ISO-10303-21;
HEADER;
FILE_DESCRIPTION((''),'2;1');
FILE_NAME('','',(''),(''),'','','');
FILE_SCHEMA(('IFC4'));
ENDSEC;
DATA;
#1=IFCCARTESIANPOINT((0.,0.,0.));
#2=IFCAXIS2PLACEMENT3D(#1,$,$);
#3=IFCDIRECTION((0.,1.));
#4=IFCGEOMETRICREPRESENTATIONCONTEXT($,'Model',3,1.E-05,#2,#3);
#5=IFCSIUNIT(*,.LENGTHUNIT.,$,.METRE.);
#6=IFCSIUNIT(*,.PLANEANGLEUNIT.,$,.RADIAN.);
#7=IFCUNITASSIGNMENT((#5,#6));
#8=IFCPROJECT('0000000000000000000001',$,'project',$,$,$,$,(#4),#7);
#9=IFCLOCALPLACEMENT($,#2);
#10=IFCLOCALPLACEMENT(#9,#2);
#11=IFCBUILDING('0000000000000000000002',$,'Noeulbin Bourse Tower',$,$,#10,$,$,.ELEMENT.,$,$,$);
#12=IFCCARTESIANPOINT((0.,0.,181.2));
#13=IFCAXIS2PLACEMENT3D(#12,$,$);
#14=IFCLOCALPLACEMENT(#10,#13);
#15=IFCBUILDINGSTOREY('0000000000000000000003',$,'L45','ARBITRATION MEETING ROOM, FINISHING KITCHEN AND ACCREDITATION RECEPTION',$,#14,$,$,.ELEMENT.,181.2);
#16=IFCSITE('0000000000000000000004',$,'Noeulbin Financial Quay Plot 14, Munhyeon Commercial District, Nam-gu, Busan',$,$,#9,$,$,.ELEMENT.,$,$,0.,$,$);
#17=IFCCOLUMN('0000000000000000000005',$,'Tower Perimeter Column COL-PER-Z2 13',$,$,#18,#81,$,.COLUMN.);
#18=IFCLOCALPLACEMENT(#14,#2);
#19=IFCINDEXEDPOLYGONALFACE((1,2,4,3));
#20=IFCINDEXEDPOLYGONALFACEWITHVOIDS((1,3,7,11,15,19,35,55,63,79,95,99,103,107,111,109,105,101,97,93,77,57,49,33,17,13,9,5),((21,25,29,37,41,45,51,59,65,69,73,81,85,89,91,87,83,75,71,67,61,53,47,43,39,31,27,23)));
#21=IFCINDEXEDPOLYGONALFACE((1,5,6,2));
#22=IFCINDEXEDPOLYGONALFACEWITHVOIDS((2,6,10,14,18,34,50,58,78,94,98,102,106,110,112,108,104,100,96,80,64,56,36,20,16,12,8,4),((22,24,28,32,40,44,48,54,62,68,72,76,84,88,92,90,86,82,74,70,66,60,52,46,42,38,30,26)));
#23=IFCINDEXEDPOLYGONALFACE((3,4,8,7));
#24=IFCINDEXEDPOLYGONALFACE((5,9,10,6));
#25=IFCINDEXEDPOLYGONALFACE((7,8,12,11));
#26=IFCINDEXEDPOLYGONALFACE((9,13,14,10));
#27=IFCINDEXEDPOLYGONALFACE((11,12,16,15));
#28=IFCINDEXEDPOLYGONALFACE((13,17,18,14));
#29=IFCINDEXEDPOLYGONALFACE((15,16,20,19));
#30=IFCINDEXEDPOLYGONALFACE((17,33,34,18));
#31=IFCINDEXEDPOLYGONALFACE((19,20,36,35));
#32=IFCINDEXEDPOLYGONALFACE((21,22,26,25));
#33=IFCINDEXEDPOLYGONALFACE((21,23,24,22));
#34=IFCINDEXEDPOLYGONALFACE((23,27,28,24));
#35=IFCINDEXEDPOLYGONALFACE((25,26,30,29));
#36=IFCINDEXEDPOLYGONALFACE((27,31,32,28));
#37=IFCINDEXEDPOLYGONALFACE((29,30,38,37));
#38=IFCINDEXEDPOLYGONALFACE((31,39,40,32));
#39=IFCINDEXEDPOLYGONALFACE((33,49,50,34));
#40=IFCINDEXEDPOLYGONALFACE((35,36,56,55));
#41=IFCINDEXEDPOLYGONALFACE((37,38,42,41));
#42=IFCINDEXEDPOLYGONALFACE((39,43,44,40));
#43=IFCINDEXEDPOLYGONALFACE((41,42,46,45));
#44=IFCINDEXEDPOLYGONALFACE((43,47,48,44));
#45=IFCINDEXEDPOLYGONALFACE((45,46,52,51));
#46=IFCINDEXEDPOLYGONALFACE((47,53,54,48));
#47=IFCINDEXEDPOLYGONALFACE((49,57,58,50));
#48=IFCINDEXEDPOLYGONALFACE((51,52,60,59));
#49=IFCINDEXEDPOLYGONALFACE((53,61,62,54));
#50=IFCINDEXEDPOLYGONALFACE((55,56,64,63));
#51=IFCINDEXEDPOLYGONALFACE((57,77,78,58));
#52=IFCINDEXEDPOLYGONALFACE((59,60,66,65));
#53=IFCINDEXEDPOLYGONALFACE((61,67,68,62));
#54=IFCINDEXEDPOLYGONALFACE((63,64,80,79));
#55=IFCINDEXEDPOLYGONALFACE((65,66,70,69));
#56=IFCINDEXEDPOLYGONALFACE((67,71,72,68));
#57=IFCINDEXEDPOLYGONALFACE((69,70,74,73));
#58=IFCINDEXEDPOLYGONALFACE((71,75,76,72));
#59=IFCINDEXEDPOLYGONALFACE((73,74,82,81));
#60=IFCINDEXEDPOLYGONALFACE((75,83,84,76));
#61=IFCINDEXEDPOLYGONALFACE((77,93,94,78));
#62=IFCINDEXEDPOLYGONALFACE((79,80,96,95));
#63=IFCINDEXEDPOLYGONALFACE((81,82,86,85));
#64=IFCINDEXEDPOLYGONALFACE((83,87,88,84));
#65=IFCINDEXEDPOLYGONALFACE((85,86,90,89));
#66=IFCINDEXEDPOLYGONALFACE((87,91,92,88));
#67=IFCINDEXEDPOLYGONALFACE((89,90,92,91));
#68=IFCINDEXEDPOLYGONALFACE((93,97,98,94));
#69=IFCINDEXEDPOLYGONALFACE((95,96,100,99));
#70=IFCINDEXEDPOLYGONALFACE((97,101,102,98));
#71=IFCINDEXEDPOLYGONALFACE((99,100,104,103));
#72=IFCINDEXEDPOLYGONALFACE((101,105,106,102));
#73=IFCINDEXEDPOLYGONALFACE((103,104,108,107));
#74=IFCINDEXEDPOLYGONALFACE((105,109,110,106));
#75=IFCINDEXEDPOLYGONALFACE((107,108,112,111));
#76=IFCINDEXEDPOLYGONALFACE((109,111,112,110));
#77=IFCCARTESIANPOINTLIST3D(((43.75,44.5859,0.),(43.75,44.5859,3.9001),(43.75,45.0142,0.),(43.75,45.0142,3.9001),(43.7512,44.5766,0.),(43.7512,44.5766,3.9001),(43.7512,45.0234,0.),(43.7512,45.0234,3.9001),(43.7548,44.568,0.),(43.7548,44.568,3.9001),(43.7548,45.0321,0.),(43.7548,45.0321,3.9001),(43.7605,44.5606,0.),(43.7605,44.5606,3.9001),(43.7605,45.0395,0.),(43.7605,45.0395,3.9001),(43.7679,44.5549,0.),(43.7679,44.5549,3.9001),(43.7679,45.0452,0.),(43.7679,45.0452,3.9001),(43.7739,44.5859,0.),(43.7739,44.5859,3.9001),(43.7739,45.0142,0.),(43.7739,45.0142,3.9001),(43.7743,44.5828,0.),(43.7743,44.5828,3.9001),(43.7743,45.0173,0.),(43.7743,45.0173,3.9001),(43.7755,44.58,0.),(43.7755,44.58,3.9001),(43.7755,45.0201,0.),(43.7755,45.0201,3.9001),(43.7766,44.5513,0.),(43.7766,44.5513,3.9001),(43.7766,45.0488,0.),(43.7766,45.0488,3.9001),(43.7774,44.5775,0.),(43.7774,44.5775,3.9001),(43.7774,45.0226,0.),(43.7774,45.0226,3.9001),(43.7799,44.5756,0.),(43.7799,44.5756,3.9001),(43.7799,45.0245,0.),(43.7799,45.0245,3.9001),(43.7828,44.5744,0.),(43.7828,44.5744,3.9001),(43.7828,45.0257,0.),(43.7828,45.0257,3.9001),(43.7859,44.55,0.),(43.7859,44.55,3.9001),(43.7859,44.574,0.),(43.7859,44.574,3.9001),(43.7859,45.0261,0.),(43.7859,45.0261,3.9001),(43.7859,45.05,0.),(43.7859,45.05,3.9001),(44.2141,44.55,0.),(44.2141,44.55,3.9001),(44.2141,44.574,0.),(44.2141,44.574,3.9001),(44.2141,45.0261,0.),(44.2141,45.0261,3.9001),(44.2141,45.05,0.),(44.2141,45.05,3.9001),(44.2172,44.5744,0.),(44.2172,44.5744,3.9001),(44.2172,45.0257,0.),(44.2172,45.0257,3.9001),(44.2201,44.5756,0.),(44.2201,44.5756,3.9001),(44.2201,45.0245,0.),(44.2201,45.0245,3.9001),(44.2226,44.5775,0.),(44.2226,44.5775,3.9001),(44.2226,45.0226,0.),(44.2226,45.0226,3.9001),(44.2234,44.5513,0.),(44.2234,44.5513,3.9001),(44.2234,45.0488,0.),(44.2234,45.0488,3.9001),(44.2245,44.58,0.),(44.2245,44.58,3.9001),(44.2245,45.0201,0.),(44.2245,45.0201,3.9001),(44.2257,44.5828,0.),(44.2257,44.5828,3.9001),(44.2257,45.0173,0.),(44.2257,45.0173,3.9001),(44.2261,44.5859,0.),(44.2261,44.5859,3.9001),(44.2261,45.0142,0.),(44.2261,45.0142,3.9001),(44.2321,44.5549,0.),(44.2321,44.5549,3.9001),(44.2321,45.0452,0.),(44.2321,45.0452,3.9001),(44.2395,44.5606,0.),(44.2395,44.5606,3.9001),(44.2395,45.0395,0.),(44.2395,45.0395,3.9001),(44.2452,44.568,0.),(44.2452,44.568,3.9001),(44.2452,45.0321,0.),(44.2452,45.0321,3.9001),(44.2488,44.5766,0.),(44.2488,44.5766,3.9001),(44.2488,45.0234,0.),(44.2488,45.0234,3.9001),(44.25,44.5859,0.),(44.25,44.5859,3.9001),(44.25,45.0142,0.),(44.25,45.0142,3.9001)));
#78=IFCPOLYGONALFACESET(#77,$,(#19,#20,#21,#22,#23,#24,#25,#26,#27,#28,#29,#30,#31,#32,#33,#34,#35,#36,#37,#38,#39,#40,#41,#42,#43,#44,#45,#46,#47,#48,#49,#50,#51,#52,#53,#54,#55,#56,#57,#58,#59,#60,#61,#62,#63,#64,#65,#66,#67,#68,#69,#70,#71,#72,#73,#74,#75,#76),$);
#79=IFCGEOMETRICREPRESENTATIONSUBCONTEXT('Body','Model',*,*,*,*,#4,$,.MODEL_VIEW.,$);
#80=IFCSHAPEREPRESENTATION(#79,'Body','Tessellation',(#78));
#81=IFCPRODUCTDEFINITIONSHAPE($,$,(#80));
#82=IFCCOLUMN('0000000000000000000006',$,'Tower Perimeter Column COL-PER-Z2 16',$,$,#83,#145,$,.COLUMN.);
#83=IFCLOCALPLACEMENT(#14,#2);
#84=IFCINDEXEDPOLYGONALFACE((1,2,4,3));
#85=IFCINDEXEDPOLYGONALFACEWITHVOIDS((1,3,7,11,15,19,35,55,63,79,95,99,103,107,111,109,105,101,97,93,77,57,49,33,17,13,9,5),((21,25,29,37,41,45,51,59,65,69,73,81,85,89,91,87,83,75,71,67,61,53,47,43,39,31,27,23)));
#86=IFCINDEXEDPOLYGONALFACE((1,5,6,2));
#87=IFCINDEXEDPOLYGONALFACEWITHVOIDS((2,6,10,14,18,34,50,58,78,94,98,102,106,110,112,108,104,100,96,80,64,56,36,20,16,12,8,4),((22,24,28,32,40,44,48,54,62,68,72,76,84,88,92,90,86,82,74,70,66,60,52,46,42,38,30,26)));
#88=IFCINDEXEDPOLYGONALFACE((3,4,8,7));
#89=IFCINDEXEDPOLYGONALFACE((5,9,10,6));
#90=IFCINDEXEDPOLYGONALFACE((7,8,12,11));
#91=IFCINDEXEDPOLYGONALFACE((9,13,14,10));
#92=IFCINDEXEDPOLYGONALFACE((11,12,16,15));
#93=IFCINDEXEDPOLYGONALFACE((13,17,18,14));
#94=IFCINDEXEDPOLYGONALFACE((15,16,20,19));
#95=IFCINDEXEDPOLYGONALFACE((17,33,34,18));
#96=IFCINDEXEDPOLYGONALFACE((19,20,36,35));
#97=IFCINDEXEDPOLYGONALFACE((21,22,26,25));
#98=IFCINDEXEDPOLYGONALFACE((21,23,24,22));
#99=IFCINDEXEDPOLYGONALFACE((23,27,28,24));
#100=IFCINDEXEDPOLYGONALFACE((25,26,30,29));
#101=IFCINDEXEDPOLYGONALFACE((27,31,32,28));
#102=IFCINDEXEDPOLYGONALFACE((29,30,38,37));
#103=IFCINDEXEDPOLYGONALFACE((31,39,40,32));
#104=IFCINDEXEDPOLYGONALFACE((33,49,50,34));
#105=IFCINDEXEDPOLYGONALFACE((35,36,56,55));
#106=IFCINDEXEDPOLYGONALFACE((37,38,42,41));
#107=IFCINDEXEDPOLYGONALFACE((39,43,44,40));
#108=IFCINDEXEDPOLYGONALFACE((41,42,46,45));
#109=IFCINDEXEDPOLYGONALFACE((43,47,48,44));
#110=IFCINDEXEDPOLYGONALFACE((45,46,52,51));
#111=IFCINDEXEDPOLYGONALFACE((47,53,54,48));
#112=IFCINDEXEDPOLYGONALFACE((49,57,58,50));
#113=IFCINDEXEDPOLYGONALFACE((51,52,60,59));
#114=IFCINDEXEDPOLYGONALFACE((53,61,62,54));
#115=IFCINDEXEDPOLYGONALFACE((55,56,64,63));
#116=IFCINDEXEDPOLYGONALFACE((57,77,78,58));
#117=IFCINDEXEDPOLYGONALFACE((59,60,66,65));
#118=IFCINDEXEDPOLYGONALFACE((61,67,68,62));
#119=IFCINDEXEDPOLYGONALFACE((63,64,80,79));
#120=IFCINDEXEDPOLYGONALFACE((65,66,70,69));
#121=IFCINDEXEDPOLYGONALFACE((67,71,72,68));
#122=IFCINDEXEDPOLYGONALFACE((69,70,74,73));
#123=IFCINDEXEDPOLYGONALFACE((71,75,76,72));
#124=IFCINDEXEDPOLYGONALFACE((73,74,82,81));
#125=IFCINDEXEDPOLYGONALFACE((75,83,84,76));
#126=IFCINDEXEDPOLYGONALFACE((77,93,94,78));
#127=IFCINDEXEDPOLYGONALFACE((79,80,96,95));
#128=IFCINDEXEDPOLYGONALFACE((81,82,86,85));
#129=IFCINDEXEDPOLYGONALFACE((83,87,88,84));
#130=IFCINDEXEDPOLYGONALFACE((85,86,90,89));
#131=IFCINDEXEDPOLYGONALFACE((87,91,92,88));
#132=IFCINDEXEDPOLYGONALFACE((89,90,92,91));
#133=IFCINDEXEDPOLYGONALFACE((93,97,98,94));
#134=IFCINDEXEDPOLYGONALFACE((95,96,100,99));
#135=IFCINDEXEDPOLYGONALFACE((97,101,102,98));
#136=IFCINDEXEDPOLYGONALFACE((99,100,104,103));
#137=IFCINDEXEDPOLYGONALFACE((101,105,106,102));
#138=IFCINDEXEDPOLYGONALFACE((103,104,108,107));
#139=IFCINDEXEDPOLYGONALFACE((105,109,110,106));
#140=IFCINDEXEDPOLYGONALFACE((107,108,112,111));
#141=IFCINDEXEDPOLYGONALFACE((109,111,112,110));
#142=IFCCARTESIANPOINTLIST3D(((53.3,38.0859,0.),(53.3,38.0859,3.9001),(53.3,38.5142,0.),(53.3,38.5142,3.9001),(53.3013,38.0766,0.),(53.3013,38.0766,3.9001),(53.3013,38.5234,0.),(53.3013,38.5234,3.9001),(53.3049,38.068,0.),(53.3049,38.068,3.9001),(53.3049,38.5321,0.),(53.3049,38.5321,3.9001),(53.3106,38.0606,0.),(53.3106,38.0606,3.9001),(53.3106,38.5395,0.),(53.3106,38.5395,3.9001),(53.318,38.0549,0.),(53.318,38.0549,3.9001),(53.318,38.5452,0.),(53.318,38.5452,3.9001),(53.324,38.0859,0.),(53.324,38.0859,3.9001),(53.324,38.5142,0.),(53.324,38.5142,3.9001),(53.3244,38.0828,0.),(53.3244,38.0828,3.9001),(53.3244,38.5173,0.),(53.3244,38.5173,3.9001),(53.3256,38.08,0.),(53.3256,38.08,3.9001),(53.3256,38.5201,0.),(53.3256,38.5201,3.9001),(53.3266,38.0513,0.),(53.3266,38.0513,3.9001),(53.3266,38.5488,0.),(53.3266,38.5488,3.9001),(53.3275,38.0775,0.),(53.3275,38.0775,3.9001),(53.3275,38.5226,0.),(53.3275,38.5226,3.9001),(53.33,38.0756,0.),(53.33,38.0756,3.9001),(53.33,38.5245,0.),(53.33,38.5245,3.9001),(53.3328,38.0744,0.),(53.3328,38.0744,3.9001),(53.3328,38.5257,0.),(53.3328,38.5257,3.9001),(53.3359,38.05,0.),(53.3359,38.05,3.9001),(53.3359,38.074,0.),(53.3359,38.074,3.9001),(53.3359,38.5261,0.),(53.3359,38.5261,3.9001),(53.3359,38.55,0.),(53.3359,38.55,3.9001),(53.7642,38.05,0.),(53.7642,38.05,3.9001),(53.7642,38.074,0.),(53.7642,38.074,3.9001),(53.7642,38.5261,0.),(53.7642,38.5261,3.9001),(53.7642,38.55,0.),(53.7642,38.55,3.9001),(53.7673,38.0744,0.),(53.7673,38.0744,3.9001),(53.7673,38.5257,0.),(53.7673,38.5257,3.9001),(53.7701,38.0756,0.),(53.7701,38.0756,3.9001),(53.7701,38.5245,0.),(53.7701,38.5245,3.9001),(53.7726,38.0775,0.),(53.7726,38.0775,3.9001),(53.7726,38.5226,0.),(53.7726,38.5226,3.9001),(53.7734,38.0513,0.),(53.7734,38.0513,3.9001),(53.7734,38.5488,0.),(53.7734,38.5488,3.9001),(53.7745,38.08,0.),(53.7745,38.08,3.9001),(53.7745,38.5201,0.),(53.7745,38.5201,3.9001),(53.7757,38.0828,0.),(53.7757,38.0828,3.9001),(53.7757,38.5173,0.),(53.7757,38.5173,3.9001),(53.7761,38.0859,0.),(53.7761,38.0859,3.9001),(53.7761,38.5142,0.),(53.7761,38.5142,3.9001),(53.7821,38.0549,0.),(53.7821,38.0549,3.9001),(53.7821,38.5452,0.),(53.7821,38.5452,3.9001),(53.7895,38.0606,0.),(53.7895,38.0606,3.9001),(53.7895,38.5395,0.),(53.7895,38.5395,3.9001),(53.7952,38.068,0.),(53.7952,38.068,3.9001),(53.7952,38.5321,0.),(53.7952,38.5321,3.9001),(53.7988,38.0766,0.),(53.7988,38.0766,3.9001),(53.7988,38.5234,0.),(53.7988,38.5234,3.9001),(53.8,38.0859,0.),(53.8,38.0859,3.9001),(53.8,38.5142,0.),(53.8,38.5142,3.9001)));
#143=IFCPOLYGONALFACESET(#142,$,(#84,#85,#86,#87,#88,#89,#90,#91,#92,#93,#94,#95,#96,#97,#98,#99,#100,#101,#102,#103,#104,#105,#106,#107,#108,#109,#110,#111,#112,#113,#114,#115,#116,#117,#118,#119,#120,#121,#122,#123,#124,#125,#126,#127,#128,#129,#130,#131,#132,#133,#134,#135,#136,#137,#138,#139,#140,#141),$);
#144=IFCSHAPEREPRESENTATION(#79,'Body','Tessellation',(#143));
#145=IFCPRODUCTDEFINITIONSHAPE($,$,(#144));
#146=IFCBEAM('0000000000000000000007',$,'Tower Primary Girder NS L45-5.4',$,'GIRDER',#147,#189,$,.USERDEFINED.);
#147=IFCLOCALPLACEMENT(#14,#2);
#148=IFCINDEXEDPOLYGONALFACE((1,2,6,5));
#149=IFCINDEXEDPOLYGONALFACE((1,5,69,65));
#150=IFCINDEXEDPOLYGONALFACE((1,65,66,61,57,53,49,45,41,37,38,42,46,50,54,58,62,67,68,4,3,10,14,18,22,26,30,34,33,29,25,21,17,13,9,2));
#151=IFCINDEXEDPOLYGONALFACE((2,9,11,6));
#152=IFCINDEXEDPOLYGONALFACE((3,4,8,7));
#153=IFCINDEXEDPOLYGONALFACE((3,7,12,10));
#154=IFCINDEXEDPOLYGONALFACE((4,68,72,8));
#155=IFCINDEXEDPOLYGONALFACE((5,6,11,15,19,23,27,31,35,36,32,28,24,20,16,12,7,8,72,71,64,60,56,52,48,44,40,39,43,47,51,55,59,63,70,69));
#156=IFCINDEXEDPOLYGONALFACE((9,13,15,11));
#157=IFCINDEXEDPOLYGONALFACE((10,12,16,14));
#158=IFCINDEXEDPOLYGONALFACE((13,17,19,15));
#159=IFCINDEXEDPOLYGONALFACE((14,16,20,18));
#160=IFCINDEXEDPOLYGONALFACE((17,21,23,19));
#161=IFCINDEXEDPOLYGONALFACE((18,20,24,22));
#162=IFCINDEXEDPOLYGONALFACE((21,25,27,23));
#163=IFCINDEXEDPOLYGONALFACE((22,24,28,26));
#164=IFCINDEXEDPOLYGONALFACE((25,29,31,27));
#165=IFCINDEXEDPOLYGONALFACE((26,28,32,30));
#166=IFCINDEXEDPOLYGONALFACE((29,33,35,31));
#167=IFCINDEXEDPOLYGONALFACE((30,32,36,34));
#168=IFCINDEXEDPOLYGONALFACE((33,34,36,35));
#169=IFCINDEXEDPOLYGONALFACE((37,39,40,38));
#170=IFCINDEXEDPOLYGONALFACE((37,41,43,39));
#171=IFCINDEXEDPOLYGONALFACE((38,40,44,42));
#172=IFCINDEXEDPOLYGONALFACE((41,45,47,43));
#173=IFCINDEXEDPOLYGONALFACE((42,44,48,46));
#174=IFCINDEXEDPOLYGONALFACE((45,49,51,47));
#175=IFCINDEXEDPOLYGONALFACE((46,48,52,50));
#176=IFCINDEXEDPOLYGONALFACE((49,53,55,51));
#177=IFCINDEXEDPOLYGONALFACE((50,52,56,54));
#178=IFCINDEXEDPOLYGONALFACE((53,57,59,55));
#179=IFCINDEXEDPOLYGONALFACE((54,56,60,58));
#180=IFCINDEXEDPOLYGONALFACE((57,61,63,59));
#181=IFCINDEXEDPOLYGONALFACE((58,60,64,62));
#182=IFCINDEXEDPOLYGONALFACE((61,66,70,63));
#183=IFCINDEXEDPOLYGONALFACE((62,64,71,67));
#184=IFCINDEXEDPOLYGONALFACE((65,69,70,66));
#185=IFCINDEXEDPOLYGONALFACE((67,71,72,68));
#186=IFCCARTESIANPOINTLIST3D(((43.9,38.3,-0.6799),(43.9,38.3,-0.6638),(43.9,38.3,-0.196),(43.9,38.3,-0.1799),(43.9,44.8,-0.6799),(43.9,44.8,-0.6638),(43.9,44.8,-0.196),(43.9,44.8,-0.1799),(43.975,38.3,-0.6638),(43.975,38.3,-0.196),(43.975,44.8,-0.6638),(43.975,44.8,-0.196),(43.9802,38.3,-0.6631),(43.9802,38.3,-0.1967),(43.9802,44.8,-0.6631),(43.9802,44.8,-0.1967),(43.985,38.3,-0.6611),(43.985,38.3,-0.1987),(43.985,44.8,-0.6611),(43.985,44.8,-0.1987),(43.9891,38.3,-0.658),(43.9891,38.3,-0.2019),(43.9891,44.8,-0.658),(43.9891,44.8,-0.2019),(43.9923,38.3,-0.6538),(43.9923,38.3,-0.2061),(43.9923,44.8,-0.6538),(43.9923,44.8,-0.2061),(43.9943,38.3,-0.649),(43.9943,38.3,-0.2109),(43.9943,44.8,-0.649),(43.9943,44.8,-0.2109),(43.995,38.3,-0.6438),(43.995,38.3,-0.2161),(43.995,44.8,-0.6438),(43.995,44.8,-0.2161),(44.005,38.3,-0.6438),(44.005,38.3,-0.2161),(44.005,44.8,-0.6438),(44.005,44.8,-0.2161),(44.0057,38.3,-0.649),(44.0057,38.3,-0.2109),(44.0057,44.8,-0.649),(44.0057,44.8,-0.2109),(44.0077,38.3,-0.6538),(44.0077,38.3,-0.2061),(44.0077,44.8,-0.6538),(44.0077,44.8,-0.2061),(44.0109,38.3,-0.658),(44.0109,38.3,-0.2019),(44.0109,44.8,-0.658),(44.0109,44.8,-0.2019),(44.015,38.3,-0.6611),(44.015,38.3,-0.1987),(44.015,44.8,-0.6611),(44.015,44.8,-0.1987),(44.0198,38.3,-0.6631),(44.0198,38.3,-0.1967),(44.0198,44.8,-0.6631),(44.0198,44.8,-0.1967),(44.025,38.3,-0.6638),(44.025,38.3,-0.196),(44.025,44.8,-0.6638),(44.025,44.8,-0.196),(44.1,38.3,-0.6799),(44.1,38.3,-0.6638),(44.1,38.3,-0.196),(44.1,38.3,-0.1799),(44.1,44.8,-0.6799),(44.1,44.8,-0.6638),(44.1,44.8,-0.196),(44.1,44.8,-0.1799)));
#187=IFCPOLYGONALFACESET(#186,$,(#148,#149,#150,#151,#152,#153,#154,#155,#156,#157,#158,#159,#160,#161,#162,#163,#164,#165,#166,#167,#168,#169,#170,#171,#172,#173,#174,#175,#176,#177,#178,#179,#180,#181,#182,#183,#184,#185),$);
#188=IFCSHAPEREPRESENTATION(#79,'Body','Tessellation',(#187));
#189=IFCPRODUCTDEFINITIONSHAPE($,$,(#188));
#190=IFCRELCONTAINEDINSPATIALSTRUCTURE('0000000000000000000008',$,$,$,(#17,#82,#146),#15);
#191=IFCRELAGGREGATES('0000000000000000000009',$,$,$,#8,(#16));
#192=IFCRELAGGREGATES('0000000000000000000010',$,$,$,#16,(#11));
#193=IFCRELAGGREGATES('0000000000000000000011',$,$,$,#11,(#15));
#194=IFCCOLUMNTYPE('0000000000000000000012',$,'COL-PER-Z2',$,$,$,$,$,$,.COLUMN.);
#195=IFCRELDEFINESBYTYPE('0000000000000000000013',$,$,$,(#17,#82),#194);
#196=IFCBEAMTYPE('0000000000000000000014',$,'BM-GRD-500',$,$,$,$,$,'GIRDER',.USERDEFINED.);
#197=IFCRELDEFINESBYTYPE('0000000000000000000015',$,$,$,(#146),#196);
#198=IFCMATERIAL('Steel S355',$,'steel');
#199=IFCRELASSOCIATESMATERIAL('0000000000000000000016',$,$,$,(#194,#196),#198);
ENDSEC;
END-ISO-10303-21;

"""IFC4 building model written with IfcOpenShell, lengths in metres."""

from ifc_helpers import new_model, si_unit, direction, frame, origin, origin_2d, place, context, subcontext, project, spatial, hollow_rectangle, i_section, extrude, material, material_profile, profile_set, type_object, element, save


model = new_model("IFC4")

# Units and contexts
model_context = context("Model", 3, precision=1e-05, world=origin(), true_north=direction((0.0, 1.0)))
body_context = subcontext(model_context, "Body", "Model", "MODEL_VIEW")
ifc_project = project(units=[si_unit("LENGTHUNIT", "METRE"), si_unit("PLANEANGLEUNIT", "RADIAN")], contexts=[model_context])

# Site, building, storey
site_placement = place(None, origin())
site = spatial("IfcSite", under=ifc_project, at=site_placement, Name="Noeulbin Financial Quay Plot 14, Munhyeon Commercial District, Nam-gu, Busan", CompositionType="ELEMENT", RefElevation=0.0)
building_placement = place(site_placement, origin())
building = spatial("IfcBuilding", under=site, at=building_placement, Name="Noeulbin Bourse Tower", CompositionType="ELEMENT")
storey_placement = place(building_placement, frame((0.0, 0.0, 181.2)))
storey = spatial("IfcBuildingStorey", under=building, at=storey_placement, Name="L45", Description="ARBITRATION MEETING ROOM, FINISHING KITCHEN AND ACCREDITATION RECEPTION", CompositionType="ELEMENT", Elevation=181.2)

# Columns
ifc_material_1 = material(Name="Steel S355", Category="steel")
ifc_material_profile_1 = material_profile(ifc_material_1, hollow_rectangle(XDim=0.5, YDim=0.5, WallThickness=0.0239, InnerFilletRadius=0.012, OuterFilletRadius=0.0359, at=origin_2d()), Name="BOX-500x500x24", Category="LoadBearing")
ifc_profile_set_1 = profile_set([ifc_material_profile_1], Name="Steel S355")
column_type = type_object("IfcColumnType", Name="COL-PER-Z2", PredefinedType="COLUMN", material=ifc_profile_set_1)
for number, where, z_axis, x_axis, name in (
    (1, (44.0, 44.8, 0.0), (0.0, 0.0, 1.0), (1.0, 0.0, 0.0), "Tower Perimeter Column COL-PER-Z2 13"),
    (2, (53.55, 38.3, 0.0), (0.0, 0.0, 1.0), (1.0, 0.0, 0.0), "Tower Perimeter Column COL-PER-Z2 16"),
):
    element("IfcColumn", number, at=place(storey_placement, frame(where, z_axis=z_axis, x_axis=x_axis)), inside=storey, type_object=column_type, Name=name, PredefinedType="COLUMN", context=body_context, shape_type="SweptSolid", body=[
        extrude(hollow_rectangle(XDim=0.5, YDim=0.5, WallThickness=0.0239, InnerFilletRadius=0.012, OuterFilletRadius=0.0359, at=origin_2d()), origin(), (0.0, 0.0, 1.0), 3.9001),
    ])

# Beam
ifc_material_profile_2 = material_profile(ifc_material_1, i_section(OverallWidth=0.2, OverallDepth=0.5, WebThickness=0.01, FlangeThickness=0.0161, FilletRadius=0.02, at=origin_2d()), Name="H-500x200x10x16", Category="LoadBearing")
ifc_profile_set_2 = profile_set([ifc_material_profile_2], Name="Steel S355")
beam_type_1 = type_object("IfcBeamType", Name="BM-GRD-500", ElementType="GIRDER", PredefinedType="USERDEFINED", material=ifc_profile_set_2)
beam_placement = place(storey_placement, frame((44.0, 38.3, -0.4299), z_axis=(0.0, 1.0, 0.0), x_axis=(-1.0, 0.0, 0.0)))
element("IfcBeam", 3, at=beam_placement, inside=storey, type_object=beam_type_1, Name="Tower Primary Girder NS L45-5.4", ObjectType="GIRDER", PredefinedType="USERDEFINED", context=body_context, shape_type="SweptSolid", body=[
    extrude(i_section(OverallWidth=0.2, OverallDepth=0.5, WebThickness=0.01, FlangeThickness=0.0161, FilletRadius=0.02, at=origin_2d()), origin(), (0.0, 0.0, 1.0), 6.5),
])

save(model, "model.ifc")
